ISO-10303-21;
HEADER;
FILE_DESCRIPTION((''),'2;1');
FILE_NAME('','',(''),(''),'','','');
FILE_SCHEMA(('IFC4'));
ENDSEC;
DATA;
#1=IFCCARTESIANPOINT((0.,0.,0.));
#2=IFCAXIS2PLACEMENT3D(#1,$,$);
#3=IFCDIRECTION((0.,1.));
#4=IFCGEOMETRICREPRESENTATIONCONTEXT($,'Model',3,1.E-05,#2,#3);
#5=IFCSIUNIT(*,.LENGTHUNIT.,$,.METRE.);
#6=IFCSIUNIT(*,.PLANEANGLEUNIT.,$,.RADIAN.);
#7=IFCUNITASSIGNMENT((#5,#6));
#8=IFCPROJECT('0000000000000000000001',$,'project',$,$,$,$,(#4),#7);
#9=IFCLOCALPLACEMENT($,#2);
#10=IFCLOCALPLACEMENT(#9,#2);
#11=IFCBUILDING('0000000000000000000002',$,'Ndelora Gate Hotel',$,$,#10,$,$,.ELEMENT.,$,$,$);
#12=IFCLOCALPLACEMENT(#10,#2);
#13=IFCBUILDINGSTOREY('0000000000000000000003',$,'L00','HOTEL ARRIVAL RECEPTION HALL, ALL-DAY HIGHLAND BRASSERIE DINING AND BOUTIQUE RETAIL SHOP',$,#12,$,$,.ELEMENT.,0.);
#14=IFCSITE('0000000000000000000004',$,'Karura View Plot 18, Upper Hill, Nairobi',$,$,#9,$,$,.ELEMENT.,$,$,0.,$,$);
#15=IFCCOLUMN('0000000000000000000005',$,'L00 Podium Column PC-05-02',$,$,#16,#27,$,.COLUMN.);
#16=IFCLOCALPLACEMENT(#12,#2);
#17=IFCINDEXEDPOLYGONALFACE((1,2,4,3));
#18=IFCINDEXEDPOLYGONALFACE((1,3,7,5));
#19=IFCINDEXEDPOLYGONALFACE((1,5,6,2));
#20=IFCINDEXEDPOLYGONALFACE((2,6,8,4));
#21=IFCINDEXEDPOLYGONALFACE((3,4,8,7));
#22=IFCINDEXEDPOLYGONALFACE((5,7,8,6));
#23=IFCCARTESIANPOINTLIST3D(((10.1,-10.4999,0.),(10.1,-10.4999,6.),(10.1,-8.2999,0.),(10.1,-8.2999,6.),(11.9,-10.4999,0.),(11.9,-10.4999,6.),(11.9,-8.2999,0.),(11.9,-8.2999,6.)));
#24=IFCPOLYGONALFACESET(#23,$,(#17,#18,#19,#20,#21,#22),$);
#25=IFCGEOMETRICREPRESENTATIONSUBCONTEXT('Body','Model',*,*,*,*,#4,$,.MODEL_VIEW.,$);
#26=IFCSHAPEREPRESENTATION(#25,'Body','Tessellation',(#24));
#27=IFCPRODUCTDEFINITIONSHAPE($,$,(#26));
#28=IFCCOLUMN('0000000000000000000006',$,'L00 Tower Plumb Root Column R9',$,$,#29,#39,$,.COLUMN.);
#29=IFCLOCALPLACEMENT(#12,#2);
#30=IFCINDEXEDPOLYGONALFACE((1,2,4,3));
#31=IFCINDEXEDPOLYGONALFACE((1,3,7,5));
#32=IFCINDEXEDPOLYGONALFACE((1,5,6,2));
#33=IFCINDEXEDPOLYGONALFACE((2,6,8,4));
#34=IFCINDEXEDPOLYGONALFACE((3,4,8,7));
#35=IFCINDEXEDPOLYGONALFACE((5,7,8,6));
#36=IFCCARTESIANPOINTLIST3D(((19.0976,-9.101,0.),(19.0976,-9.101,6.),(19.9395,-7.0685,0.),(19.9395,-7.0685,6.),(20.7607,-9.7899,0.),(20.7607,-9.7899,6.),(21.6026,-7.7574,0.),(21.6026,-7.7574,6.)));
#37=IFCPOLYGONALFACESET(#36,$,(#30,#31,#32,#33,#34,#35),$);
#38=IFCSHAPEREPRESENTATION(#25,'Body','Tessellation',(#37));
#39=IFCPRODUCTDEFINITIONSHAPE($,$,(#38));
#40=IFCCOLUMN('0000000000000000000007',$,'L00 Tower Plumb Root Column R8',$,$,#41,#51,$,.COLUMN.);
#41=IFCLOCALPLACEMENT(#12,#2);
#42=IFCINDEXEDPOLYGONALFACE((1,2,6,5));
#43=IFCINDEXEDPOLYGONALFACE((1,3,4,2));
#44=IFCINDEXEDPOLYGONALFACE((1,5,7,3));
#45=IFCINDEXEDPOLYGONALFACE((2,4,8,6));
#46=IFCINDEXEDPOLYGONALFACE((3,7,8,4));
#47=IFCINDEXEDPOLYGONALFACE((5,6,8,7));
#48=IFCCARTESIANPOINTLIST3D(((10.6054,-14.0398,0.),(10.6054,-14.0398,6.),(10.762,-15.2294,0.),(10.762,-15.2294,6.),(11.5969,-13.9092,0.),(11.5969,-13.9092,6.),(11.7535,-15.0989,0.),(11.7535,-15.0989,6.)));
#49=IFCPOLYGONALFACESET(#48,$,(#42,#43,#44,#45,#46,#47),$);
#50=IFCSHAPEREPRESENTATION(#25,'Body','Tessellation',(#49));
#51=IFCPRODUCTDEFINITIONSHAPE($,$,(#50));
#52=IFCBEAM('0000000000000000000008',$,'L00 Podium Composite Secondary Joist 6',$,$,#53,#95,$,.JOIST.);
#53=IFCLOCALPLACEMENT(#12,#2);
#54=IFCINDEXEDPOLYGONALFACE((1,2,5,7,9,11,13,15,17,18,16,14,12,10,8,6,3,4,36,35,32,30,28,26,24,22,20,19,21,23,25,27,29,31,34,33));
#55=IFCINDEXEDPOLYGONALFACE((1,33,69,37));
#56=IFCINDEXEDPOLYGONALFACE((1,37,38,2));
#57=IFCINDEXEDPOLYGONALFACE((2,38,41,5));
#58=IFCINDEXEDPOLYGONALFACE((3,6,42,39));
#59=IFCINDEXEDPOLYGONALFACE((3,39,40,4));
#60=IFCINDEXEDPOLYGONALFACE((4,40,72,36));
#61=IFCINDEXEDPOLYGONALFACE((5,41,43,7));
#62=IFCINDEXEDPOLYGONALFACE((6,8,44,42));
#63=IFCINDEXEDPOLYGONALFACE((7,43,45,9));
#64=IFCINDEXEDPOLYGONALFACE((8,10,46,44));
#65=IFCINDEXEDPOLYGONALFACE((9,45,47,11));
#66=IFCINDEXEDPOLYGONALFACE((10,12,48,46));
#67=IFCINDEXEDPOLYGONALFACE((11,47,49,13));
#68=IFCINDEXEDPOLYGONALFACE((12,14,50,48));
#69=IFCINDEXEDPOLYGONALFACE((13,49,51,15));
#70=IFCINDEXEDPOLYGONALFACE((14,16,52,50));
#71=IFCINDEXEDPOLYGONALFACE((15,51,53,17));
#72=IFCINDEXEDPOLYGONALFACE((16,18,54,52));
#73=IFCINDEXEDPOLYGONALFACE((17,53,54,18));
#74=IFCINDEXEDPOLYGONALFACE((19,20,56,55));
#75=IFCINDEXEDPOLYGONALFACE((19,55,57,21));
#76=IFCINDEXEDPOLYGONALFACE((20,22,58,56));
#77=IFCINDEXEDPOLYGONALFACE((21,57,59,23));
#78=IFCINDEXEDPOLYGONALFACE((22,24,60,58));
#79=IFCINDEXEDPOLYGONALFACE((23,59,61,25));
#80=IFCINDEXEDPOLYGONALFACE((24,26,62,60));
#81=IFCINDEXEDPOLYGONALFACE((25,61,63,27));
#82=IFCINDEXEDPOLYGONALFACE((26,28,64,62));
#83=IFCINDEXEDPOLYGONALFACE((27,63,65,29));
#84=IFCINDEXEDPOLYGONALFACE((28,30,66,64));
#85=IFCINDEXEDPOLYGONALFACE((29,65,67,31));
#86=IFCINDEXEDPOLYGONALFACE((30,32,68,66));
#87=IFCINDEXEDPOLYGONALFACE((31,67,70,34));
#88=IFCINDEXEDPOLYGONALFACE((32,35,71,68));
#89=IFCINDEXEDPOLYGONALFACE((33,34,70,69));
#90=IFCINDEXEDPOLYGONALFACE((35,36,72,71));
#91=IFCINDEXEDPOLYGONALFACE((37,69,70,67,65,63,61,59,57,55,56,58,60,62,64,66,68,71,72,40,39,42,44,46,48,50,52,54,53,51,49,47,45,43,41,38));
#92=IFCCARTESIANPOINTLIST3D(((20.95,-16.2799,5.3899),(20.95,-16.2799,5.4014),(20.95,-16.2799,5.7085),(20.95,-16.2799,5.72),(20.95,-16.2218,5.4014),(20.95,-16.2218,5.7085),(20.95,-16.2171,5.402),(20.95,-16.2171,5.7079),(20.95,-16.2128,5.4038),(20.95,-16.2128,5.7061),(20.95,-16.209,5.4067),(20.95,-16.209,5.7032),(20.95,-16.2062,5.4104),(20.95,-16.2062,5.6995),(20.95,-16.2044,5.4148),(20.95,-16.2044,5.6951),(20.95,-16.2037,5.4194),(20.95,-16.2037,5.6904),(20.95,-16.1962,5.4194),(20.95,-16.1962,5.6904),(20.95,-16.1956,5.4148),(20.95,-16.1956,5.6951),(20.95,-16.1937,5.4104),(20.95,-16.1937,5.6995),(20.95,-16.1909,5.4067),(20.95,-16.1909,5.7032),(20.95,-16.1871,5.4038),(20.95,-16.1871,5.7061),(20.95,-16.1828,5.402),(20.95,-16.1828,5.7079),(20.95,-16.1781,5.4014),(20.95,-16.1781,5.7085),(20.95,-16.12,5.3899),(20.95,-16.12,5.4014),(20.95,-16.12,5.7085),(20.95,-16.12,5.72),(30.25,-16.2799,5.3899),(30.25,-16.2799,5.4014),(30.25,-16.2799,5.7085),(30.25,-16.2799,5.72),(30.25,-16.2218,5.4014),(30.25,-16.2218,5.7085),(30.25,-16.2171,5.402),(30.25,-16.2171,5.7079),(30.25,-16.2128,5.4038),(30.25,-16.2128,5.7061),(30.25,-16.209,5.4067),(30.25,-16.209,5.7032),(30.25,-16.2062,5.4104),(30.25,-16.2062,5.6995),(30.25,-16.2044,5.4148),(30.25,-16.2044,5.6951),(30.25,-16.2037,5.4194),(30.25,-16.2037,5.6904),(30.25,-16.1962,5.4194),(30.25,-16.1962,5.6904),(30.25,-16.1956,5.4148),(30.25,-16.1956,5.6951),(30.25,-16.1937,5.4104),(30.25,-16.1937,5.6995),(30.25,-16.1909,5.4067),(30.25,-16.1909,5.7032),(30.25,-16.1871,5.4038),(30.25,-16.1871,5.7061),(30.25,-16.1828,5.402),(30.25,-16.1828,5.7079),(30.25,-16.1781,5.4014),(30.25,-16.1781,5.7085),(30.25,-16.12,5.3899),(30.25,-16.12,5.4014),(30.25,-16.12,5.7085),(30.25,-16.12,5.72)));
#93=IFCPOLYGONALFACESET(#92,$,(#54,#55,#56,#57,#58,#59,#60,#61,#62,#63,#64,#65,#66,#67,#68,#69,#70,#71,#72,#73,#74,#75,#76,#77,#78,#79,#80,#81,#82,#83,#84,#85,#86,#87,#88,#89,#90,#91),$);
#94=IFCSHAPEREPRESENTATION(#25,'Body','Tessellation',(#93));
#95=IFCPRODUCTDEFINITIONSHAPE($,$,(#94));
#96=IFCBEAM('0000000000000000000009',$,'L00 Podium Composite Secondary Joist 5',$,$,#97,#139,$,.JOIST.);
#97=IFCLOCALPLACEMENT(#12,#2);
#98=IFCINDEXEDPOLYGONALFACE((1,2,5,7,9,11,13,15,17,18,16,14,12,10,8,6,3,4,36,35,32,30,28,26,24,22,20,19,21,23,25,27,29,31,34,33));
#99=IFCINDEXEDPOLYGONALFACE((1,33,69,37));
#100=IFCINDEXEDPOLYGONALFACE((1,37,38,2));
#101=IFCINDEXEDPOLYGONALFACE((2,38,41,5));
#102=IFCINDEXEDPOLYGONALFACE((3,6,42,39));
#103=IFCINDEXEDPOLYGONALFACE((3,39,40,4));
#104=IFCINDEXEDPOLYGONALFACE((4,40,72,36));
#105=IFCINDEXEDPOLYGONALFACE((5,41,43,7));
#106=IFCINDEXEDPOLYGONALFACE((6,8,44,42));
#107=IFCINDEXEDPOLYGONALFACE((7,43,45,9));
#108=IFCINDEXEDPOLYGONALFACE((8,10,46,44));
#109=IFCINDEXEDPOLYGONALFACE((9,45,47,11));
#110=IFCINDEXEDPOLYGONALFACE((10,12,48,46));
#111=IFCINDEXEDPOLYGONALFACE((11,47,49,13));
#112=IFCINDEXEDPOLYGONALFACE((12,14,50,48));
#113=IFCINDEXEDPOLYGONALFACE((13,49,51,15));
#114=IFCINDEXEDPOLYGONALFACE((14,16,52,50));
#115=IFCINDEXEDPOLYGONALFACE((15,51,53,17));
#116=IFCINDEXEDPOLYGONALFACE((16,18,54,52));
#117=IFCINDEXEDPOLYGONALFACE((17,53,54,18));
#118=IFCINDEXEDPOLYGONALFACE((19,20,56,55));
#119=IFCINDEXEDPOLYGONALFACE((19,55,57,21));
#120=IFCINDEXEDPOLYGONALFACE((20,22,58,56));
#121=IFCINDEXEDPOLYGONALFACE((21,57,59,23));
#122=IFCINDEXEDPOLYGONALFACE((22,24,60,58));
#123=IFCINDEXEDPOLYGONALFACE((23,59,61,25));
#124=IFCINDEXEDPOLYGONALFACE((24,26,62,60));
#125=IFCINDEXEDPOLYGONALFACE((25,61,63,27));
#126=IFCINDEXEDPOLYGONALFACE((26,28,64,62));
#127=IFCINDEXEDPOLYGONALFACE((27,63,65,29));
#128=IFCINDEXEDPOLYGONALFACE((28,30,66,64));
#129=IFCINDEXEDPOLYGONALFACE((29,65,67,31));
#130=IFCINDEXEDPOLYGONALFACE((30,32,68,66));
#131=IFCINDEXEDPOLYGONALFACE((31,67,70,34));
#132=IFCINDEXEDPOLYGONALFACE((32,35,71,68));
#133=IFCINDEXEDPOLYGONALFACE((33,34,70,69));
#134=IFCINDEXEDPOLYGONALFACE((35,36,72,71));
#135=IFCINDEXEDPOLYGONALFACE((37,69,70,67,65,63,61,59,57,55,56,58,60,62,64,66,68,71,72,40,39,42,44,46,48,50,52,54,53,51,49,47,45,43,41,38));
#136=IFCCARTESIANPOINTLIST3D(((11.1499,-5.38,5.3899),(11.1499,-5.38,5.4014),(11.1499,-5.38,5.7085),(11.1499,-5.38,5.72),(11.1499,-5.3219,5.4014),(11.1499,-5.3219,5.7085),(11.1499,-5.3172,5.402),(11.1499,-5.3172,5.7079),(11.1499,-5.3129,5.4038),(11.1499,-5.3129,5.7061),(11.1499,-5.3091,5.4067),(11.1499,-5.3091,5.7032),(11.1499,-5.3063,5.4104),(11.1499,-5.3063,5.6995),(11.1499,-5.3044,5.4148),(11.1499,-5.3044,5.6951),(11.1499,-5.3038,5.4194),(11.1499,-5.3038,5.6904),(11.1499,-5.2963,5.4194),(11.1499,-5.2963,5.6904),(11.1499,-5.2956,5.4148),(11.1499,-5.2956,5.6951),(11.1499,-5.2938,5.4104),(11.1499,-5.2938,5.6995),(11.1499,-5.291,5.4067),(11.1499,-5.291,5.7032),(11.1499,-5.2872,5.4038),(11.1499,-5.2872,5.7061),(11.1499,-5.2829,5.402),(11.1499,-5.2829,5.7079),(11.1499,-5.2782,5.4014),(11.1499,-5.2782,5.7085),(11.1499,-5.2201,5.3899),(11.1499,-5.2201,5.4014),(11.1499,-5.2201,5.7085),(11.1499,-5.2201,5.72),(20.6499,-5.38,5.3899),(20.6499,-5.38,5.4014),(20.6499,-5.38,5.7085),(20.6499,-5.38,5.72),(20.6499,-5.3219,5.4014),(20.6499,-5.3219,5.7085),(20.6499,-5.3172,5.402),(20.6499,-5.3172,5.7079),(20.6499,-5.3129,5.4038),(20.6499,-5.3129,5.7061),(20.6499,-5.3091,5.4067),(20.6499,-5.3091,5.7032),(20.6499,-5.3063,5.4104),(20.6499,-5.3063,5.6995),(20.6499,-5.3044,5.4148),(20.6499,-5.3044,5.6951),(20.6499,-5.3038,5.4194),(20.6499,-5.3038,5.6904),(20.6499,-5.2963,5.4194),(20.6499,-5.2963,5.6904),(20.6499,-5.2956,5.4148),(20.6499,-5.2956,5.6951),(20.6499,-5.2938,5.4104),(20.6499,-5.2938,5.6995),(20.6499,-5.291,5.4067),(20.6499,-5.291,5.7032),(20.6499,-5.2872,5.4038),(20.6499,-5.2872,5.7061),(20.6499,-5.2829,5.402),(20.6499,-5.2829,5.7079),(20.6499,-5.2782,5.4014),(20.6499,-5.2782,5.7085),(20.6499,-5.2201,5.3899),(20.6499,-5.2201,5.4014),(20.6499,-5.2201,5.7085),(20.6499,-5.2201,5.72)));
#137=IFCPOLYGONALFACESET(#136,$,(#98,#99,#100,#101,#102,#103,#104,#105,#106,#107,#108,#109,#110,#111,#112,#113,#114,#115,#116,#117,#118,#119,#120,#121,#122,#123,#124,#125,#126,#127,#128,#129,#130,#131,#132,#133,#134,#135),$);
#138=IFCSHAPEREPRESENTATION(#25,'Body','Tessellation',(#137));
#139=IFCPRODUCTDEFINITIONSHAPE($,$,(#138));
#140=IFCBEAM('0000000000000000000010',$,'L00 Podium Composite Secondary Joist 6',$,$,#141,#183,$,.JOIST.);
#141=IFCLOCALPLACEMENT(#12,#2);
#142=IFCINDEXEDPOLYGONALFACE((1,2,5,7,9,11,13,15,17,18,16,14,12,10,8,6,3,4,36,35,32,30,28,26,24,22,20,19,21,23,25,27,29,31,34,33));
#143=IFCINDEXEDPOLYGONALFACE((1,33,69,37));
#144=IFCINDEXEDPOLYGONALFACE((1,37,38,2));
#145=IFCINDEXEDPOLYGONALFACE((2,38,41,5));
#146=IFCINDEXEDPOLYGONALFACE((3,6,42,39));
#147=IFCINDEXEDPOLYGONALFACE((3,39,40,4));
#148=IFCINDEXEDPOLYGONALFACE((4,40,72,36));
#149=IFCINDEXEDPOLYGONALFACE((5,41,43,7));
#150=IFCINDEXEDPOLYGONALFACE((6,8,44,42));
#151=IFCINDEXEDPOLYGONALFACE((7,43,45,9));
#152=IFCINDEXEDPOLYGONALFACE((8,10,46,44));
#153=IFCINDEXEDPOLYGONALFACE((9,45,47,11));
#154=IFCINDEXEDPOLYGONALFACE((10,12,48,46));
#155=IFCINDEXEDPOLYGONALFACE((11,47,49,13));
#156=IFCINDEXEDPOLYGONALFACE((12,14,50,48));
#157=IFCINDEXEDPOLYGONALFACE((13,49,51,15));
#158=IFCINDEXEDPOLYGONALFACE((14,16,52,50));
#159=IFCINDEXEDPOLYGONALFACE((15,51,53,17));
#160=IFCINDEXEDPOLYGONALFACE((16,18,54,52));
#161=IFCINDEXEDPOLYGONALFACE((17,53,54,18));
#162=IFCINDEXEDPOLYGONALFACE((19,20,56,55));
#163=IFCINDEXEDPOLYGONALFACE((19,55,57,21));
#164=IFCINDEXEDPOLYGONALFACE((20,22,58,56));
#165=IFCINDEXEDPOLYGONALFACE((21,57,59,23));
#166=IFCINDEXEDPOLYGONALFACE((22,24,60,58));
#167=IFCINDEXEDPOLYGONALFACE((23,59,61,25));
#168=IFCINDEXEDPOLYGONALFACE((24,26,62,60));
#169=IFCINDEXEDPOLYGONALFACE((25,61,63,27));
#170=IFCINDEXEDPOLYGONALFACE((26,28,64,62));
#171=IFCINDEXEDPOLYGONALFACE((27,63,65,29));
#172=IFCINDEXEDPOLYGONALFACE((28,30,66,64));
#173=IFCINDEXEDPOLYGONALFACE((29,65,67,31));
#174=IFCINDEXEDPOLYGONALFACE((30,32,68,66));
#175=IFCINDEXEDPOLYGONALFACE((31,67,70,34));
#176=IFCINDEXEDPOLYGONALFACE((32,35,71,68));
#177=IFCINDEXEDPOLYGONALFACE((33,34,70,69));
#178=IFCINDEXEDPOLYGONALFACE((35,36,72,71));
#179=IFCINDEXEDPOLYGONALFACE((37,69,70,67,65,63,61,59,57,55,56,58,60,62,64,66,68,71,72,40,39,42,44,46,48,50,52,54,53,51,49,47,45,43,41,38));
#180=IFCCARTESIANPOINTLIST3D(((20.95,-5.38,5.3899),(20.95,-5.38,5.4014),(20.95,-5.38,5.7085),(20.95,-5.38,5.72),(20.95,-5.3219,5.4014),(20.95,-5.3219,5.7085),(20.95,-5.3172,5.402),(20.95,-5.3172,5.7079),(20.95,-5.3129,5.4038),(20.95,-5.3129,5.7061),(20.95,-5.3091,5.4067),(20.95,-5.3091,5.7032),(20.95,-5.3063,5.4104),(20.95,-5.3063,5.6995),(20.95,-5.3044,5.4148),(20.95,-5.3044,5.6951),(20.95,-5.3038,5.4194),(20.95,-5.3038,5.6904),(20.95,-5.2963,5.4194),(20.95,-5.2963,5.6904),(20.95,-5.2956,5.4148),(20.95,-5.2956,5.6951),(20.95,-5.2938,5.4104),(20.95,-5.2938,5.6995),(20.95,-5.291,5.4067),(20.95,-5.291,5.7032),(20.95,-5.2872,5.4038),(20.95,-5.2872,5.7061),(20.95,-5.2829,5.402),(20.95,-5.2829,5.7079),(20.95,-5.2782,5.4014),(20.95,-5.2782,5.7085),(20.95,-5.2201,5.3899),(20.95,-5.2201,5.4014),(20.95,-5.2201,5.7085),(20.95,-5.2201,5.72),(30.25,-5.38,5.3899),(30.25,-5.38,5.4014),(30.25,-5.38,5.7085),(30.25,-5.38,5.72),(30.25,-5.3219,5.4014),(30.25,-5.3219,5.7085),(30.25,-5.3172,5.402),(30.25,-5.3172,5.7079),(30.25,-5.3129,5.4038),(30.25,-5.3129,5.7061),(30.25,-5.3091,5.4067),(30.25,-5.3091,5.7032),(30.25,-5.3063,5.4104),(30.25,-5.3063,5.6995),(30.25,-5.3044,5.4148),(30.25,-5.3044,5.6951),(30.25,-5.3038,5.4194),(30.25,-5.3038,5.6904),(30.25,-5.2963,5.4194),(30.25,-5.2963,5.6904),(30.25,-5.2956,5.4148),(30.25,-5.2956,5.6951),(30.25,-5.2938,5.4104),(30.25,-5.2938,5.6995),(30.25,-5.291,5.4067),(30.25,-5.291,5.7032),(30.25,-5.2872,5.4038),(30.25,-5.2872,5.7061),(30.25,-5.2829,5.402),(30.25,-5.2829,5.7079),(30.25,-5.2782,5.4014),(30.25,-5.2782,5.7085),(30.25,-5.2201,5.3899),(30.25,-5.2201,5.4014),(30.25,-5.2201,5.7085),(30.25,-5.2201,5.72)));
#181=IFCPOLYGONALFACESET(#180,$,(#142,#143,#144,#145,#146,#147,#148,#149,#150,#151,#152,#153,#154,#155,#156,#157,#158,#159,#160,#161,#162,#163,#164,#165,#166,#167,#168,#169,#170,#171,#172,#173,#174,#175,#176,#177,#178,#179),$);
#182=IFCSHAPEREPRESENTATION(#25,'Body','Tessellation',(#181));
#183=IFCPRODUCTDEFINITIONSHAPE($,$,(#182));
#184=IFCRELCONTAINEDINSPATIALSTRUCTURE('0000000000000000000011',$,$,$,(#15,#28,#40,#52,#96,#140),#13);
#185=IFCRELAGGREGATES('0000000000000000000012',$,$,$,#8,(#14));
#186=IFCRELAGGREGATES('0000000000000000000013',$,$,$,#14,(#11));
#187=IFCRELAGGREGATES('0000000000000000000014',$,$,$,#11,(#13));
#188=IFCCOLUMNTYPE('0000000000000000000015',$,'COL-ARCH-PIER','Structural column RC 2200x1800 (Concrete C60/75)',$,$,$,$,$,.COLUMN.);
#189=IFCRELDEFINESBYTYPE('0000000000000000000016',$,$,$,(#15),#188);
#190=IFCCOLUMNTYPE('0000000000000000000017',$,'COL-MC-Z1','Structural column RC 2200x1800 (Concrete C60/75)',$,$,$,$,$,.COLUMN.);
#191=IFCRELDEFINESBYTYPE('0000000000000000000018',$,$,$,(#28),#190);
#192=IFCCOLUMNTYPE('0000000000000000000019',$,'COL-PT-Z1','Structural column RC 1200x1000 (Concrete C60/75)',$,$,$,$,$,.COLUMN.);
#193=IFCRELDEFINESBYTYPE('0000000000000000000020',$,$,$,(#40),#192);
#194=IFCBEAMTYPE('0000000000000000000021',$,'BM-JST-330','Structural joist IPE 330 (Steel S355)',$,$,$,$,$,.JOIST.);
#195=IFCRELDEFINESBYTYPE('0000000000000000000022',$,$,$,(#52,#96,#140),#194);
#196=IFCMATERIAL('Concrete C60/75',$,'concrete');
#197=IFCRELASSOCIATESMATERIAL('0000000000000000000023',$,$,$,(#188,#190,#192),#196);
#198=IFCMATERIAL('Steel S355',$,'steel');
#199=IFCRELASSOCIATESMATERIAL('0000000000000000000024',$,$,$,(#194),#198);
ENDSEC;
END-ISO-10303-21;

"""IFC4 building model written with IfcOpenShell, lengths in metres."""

from ifc_helpers import new_model, si_unit, direction, frame, origin, origin_2d, place, context, subcontext, project, spatial, rectangle, i_section, extrude, material, material_profile, profile_set, type_object, element, save


model = new_model("IFC4")

# Units and contexts
model_context = context("Model", 3, precision=1e-05, world=origin(), true_north=direction((0.0, 1.0)))
body_context = subcontext(model_context, "Body", "Model", "MODEL_VIEW")
ifc_project = project(units=[si_unit("LENGTHUNIT", "METRE"), si_unit("PLANEANGLEUNIT", "RADIAN")], contexts=[model_context])

# Site, building, storey
site_placement = place(None, origin())
site = spatial("IfcSite", under=ifc_project, at=site_placement, Name="Karura View Plot 18, Upper Hill, Nairobi", CompositionType="ELEMENT", RefElevation=0.0)
building_placement = place(site_placement, origin())
building = spatial("IfcBuilding", under=site, at=building_placement, Name="Ndelora Gate Hotel", CompositionType="ELEMENT")
storey_placement = place(building_placement, origin())
storey = spatial("IfcBuildingStorey", under=building, at=storey_placement, Name="L00", Description="HOTEL ARRIVAL RECEPTION HALL, ALL-DAY HIGHLAND BRASSERIE DINING AND BOUTIQUE RETAIL SHOP", CompositionType="ELEMENT", Elevation=0.0)

# Columns
ifc_material_1 = material(Name="Concrete C60/75", Category="concrete")
ifc_material_profile_1 = material_profile(ifc_material_1, rectangle(XDim=1.8, YDim=2.2, at=origin_2d()), Name="RC 2200x1800")
ifc_profile_set_1 = profile_set([ifc_material_profile_1], Name="Concrete C60/75")
column_type_1 = type_object("IfcColumnType", Name="COL-ARCH-PIER", Description="Structural column RC 2200x1800 (Concrete C60/75)", PredefinedType="COLUMN", material=ifc_profile_set_1)
column_1_placement = place(storey_placement, frame((11.0, -9.3999, 0.0), z_axis=(0.0, 0.0, 1.0), x_axis=(1.0, 0.0, 0.0)))
element("IfcColumn", 1, at=column_1_placement, inside=storey, type_object=column_type_1, Name="L00 Podium Column PC-05-02", PredefinedType="COLUMN", context=body_context, shape_type="SweptSolid", body=[
    extrude(rectangle(XDim=1.8, YDim=2.2, at=origin_2d()), origin(), (0.0, 0.0, 1.0), 6.0),
])
ifc_material_profile_2 = material_profile(ifc_material_1, rectangle(XDim=1.8, YDim=2.2, at=origin_2d()), Name="RC 2200x1800")
ifc_profile_set_2 = profile_set([ifc_material_profile_2], Name="Concrete C60/75")
column_type_2 = type_object("IfcColumnType", Name="COL-MC-Z1", Description="Structural column RC 2200x1800 (Concrete C60/75)", PredefinedType="COLUMN", material=ifc_profile_set_2)
column_2_placement = place(storey_placement, frame((20.3501, -8.4292, 0.0), z_axis=(0.0, 0.0, 1.0), x_axis=(-0.92388, 0.382683, 0.0)))
element("IfcColumn", 2, at=column_2_placement, inside=storey, type_object=column_type_2, Name="L00 Tower Plumb Root Column R9", PredefinedType="COLUMN", context=body_context, shape_type="SweptSolid", body=[
    extrude(rectangle(XDim=1.8, YDim=2.2, at=origin_2d()), origin(), (0.0, 0.0, 1.0), 6.0),
])
ifc_material_profile_3 = material_profile(ifc_material_1, rectangle(XDim=1.0, YDim=1.2, at=origin_2d()), Name="RC 1200x1000")
ifc_profile_set_3 = profile_set([ifc_material_profile_3], Name="Concrete C60/75")
column_type_3 = type_object("IfcColumnType", Name="COL-PT-Z1", Description="Structural column RC 1200x1000 (Concrete C60/75)", PredefinedType="COLUMN", material=ifc_profile_set_3)
column_3_placement = place(storey_placement, frame((11.1794, -14.5693, 0.0), z_axis=(0.0, 0.0, 1.0), x_axis=(0.991445, 0.130526, 0.0)))
element("IfcColumn", 3, at=column_3_placement, inside=storey, type_object=column_type_3, Name="L00 Tower Plumb Root Column R8", PredefinedType="COLUMN", context=body_context, shape_type="SweptSolid", body=[
    extrude(rectangle(XDim=1.0, YDim=1.2, at=origin_2d()), origin(), (0.0, 0.0, 1.0), 6.0),
])

# Beams
ifc_material_2 = material(Name="Steel S355", Category="steel")
ifc_material_profile_4 = material_profile(ifc_material_2, i_section(OverallWidth=0.1599, OverallDepth=0.3301, WebThickness=0.0076, FlangeThickness=0.0115, FilletRadius=0.0181, at=origin_2d()), Name="IPE 330")
ifc_profile_set_4 = profile_set([ifc_material_profile_4], Name="Steel S355")
beam_type_1 = type_object("IfcBeamType", Name="BM-JST-330", Description="Structural joist IPE 330 (Steel S355)", PredefinedType="JOIST", material=ifc_profile_set_4)
beam_1_placement = place(storey_placement, frame((20.95, -16.2, 5.5549), z_axis=(1.0, 0.0, 0.0), x_axis=(0.0, 1.0, 0.0)))
element("IfcBeam", 4, at=beam_1_placement, inside=storey, type_object=beam_type_1, Name="L00 Podium Composite Secondary Joist 6", PredefinedType="JOIST", context=body_context, shape_type="SweptSolid", body=[
    extrude(i_section(OverallWidth=0.1599, OverallDepth=0.3301, WebThickness=0.0076, FlangeThickness=0.0115, FilletRadius=0.0181, at=origin_2d()), origin(), (0.0, 0.0, 1.0), 9.3),
])
beam_2_placement = place(storey_placement, frame((11.1499, -5.3, 5.5549), z_axis=(1.0, 0.0, 0.0), x_axis=(0.0, 1.0, 0.0)))
element("IfcBeam", 5, at=beam_2_placement, inside=storey, type_object=beam_type_1, Name="L00 Podium Composite Secondary Joist 5", PredefinedType="JOIST", context=body_context, shape_type="SweptSolid", body=[
    extrude(i_section(OverallWidth=0.1599, OverallDepth=0.3301, WebThickness=0.0076, FlangeThickness=0.0115, FilletRadius=0.0181, at=origin_2d()), origin(), (0.0, 0.0, 1.0), 9.5),
])
beam_3_placement = place(storey_placement, frame((20.95, -5.3, 5.5549), z_axis=(1.0, 0.0, 0.0), x_axis=(0.0, 1.0, 0.0)))
element("IfcBeam", 6, at=beam_3_placement, inside=storey, type_object=beam_type_1, Name="L00 Podium Composite Secondary Joist 6", PredefinedType="JOIST", context=body_context, shape_type="SweptSolid", body=[
    extrude(i_section(OverallWidth=0.1599, OverallDepth=0.3301, WebThickness=0.0076, FlangeThickness=0.0115, FilletRadius=0.0181, at=origin_2d()), origin(), (0.0, 0.0, 1.0), 9.3),
])

save(model, "model.ifc")
